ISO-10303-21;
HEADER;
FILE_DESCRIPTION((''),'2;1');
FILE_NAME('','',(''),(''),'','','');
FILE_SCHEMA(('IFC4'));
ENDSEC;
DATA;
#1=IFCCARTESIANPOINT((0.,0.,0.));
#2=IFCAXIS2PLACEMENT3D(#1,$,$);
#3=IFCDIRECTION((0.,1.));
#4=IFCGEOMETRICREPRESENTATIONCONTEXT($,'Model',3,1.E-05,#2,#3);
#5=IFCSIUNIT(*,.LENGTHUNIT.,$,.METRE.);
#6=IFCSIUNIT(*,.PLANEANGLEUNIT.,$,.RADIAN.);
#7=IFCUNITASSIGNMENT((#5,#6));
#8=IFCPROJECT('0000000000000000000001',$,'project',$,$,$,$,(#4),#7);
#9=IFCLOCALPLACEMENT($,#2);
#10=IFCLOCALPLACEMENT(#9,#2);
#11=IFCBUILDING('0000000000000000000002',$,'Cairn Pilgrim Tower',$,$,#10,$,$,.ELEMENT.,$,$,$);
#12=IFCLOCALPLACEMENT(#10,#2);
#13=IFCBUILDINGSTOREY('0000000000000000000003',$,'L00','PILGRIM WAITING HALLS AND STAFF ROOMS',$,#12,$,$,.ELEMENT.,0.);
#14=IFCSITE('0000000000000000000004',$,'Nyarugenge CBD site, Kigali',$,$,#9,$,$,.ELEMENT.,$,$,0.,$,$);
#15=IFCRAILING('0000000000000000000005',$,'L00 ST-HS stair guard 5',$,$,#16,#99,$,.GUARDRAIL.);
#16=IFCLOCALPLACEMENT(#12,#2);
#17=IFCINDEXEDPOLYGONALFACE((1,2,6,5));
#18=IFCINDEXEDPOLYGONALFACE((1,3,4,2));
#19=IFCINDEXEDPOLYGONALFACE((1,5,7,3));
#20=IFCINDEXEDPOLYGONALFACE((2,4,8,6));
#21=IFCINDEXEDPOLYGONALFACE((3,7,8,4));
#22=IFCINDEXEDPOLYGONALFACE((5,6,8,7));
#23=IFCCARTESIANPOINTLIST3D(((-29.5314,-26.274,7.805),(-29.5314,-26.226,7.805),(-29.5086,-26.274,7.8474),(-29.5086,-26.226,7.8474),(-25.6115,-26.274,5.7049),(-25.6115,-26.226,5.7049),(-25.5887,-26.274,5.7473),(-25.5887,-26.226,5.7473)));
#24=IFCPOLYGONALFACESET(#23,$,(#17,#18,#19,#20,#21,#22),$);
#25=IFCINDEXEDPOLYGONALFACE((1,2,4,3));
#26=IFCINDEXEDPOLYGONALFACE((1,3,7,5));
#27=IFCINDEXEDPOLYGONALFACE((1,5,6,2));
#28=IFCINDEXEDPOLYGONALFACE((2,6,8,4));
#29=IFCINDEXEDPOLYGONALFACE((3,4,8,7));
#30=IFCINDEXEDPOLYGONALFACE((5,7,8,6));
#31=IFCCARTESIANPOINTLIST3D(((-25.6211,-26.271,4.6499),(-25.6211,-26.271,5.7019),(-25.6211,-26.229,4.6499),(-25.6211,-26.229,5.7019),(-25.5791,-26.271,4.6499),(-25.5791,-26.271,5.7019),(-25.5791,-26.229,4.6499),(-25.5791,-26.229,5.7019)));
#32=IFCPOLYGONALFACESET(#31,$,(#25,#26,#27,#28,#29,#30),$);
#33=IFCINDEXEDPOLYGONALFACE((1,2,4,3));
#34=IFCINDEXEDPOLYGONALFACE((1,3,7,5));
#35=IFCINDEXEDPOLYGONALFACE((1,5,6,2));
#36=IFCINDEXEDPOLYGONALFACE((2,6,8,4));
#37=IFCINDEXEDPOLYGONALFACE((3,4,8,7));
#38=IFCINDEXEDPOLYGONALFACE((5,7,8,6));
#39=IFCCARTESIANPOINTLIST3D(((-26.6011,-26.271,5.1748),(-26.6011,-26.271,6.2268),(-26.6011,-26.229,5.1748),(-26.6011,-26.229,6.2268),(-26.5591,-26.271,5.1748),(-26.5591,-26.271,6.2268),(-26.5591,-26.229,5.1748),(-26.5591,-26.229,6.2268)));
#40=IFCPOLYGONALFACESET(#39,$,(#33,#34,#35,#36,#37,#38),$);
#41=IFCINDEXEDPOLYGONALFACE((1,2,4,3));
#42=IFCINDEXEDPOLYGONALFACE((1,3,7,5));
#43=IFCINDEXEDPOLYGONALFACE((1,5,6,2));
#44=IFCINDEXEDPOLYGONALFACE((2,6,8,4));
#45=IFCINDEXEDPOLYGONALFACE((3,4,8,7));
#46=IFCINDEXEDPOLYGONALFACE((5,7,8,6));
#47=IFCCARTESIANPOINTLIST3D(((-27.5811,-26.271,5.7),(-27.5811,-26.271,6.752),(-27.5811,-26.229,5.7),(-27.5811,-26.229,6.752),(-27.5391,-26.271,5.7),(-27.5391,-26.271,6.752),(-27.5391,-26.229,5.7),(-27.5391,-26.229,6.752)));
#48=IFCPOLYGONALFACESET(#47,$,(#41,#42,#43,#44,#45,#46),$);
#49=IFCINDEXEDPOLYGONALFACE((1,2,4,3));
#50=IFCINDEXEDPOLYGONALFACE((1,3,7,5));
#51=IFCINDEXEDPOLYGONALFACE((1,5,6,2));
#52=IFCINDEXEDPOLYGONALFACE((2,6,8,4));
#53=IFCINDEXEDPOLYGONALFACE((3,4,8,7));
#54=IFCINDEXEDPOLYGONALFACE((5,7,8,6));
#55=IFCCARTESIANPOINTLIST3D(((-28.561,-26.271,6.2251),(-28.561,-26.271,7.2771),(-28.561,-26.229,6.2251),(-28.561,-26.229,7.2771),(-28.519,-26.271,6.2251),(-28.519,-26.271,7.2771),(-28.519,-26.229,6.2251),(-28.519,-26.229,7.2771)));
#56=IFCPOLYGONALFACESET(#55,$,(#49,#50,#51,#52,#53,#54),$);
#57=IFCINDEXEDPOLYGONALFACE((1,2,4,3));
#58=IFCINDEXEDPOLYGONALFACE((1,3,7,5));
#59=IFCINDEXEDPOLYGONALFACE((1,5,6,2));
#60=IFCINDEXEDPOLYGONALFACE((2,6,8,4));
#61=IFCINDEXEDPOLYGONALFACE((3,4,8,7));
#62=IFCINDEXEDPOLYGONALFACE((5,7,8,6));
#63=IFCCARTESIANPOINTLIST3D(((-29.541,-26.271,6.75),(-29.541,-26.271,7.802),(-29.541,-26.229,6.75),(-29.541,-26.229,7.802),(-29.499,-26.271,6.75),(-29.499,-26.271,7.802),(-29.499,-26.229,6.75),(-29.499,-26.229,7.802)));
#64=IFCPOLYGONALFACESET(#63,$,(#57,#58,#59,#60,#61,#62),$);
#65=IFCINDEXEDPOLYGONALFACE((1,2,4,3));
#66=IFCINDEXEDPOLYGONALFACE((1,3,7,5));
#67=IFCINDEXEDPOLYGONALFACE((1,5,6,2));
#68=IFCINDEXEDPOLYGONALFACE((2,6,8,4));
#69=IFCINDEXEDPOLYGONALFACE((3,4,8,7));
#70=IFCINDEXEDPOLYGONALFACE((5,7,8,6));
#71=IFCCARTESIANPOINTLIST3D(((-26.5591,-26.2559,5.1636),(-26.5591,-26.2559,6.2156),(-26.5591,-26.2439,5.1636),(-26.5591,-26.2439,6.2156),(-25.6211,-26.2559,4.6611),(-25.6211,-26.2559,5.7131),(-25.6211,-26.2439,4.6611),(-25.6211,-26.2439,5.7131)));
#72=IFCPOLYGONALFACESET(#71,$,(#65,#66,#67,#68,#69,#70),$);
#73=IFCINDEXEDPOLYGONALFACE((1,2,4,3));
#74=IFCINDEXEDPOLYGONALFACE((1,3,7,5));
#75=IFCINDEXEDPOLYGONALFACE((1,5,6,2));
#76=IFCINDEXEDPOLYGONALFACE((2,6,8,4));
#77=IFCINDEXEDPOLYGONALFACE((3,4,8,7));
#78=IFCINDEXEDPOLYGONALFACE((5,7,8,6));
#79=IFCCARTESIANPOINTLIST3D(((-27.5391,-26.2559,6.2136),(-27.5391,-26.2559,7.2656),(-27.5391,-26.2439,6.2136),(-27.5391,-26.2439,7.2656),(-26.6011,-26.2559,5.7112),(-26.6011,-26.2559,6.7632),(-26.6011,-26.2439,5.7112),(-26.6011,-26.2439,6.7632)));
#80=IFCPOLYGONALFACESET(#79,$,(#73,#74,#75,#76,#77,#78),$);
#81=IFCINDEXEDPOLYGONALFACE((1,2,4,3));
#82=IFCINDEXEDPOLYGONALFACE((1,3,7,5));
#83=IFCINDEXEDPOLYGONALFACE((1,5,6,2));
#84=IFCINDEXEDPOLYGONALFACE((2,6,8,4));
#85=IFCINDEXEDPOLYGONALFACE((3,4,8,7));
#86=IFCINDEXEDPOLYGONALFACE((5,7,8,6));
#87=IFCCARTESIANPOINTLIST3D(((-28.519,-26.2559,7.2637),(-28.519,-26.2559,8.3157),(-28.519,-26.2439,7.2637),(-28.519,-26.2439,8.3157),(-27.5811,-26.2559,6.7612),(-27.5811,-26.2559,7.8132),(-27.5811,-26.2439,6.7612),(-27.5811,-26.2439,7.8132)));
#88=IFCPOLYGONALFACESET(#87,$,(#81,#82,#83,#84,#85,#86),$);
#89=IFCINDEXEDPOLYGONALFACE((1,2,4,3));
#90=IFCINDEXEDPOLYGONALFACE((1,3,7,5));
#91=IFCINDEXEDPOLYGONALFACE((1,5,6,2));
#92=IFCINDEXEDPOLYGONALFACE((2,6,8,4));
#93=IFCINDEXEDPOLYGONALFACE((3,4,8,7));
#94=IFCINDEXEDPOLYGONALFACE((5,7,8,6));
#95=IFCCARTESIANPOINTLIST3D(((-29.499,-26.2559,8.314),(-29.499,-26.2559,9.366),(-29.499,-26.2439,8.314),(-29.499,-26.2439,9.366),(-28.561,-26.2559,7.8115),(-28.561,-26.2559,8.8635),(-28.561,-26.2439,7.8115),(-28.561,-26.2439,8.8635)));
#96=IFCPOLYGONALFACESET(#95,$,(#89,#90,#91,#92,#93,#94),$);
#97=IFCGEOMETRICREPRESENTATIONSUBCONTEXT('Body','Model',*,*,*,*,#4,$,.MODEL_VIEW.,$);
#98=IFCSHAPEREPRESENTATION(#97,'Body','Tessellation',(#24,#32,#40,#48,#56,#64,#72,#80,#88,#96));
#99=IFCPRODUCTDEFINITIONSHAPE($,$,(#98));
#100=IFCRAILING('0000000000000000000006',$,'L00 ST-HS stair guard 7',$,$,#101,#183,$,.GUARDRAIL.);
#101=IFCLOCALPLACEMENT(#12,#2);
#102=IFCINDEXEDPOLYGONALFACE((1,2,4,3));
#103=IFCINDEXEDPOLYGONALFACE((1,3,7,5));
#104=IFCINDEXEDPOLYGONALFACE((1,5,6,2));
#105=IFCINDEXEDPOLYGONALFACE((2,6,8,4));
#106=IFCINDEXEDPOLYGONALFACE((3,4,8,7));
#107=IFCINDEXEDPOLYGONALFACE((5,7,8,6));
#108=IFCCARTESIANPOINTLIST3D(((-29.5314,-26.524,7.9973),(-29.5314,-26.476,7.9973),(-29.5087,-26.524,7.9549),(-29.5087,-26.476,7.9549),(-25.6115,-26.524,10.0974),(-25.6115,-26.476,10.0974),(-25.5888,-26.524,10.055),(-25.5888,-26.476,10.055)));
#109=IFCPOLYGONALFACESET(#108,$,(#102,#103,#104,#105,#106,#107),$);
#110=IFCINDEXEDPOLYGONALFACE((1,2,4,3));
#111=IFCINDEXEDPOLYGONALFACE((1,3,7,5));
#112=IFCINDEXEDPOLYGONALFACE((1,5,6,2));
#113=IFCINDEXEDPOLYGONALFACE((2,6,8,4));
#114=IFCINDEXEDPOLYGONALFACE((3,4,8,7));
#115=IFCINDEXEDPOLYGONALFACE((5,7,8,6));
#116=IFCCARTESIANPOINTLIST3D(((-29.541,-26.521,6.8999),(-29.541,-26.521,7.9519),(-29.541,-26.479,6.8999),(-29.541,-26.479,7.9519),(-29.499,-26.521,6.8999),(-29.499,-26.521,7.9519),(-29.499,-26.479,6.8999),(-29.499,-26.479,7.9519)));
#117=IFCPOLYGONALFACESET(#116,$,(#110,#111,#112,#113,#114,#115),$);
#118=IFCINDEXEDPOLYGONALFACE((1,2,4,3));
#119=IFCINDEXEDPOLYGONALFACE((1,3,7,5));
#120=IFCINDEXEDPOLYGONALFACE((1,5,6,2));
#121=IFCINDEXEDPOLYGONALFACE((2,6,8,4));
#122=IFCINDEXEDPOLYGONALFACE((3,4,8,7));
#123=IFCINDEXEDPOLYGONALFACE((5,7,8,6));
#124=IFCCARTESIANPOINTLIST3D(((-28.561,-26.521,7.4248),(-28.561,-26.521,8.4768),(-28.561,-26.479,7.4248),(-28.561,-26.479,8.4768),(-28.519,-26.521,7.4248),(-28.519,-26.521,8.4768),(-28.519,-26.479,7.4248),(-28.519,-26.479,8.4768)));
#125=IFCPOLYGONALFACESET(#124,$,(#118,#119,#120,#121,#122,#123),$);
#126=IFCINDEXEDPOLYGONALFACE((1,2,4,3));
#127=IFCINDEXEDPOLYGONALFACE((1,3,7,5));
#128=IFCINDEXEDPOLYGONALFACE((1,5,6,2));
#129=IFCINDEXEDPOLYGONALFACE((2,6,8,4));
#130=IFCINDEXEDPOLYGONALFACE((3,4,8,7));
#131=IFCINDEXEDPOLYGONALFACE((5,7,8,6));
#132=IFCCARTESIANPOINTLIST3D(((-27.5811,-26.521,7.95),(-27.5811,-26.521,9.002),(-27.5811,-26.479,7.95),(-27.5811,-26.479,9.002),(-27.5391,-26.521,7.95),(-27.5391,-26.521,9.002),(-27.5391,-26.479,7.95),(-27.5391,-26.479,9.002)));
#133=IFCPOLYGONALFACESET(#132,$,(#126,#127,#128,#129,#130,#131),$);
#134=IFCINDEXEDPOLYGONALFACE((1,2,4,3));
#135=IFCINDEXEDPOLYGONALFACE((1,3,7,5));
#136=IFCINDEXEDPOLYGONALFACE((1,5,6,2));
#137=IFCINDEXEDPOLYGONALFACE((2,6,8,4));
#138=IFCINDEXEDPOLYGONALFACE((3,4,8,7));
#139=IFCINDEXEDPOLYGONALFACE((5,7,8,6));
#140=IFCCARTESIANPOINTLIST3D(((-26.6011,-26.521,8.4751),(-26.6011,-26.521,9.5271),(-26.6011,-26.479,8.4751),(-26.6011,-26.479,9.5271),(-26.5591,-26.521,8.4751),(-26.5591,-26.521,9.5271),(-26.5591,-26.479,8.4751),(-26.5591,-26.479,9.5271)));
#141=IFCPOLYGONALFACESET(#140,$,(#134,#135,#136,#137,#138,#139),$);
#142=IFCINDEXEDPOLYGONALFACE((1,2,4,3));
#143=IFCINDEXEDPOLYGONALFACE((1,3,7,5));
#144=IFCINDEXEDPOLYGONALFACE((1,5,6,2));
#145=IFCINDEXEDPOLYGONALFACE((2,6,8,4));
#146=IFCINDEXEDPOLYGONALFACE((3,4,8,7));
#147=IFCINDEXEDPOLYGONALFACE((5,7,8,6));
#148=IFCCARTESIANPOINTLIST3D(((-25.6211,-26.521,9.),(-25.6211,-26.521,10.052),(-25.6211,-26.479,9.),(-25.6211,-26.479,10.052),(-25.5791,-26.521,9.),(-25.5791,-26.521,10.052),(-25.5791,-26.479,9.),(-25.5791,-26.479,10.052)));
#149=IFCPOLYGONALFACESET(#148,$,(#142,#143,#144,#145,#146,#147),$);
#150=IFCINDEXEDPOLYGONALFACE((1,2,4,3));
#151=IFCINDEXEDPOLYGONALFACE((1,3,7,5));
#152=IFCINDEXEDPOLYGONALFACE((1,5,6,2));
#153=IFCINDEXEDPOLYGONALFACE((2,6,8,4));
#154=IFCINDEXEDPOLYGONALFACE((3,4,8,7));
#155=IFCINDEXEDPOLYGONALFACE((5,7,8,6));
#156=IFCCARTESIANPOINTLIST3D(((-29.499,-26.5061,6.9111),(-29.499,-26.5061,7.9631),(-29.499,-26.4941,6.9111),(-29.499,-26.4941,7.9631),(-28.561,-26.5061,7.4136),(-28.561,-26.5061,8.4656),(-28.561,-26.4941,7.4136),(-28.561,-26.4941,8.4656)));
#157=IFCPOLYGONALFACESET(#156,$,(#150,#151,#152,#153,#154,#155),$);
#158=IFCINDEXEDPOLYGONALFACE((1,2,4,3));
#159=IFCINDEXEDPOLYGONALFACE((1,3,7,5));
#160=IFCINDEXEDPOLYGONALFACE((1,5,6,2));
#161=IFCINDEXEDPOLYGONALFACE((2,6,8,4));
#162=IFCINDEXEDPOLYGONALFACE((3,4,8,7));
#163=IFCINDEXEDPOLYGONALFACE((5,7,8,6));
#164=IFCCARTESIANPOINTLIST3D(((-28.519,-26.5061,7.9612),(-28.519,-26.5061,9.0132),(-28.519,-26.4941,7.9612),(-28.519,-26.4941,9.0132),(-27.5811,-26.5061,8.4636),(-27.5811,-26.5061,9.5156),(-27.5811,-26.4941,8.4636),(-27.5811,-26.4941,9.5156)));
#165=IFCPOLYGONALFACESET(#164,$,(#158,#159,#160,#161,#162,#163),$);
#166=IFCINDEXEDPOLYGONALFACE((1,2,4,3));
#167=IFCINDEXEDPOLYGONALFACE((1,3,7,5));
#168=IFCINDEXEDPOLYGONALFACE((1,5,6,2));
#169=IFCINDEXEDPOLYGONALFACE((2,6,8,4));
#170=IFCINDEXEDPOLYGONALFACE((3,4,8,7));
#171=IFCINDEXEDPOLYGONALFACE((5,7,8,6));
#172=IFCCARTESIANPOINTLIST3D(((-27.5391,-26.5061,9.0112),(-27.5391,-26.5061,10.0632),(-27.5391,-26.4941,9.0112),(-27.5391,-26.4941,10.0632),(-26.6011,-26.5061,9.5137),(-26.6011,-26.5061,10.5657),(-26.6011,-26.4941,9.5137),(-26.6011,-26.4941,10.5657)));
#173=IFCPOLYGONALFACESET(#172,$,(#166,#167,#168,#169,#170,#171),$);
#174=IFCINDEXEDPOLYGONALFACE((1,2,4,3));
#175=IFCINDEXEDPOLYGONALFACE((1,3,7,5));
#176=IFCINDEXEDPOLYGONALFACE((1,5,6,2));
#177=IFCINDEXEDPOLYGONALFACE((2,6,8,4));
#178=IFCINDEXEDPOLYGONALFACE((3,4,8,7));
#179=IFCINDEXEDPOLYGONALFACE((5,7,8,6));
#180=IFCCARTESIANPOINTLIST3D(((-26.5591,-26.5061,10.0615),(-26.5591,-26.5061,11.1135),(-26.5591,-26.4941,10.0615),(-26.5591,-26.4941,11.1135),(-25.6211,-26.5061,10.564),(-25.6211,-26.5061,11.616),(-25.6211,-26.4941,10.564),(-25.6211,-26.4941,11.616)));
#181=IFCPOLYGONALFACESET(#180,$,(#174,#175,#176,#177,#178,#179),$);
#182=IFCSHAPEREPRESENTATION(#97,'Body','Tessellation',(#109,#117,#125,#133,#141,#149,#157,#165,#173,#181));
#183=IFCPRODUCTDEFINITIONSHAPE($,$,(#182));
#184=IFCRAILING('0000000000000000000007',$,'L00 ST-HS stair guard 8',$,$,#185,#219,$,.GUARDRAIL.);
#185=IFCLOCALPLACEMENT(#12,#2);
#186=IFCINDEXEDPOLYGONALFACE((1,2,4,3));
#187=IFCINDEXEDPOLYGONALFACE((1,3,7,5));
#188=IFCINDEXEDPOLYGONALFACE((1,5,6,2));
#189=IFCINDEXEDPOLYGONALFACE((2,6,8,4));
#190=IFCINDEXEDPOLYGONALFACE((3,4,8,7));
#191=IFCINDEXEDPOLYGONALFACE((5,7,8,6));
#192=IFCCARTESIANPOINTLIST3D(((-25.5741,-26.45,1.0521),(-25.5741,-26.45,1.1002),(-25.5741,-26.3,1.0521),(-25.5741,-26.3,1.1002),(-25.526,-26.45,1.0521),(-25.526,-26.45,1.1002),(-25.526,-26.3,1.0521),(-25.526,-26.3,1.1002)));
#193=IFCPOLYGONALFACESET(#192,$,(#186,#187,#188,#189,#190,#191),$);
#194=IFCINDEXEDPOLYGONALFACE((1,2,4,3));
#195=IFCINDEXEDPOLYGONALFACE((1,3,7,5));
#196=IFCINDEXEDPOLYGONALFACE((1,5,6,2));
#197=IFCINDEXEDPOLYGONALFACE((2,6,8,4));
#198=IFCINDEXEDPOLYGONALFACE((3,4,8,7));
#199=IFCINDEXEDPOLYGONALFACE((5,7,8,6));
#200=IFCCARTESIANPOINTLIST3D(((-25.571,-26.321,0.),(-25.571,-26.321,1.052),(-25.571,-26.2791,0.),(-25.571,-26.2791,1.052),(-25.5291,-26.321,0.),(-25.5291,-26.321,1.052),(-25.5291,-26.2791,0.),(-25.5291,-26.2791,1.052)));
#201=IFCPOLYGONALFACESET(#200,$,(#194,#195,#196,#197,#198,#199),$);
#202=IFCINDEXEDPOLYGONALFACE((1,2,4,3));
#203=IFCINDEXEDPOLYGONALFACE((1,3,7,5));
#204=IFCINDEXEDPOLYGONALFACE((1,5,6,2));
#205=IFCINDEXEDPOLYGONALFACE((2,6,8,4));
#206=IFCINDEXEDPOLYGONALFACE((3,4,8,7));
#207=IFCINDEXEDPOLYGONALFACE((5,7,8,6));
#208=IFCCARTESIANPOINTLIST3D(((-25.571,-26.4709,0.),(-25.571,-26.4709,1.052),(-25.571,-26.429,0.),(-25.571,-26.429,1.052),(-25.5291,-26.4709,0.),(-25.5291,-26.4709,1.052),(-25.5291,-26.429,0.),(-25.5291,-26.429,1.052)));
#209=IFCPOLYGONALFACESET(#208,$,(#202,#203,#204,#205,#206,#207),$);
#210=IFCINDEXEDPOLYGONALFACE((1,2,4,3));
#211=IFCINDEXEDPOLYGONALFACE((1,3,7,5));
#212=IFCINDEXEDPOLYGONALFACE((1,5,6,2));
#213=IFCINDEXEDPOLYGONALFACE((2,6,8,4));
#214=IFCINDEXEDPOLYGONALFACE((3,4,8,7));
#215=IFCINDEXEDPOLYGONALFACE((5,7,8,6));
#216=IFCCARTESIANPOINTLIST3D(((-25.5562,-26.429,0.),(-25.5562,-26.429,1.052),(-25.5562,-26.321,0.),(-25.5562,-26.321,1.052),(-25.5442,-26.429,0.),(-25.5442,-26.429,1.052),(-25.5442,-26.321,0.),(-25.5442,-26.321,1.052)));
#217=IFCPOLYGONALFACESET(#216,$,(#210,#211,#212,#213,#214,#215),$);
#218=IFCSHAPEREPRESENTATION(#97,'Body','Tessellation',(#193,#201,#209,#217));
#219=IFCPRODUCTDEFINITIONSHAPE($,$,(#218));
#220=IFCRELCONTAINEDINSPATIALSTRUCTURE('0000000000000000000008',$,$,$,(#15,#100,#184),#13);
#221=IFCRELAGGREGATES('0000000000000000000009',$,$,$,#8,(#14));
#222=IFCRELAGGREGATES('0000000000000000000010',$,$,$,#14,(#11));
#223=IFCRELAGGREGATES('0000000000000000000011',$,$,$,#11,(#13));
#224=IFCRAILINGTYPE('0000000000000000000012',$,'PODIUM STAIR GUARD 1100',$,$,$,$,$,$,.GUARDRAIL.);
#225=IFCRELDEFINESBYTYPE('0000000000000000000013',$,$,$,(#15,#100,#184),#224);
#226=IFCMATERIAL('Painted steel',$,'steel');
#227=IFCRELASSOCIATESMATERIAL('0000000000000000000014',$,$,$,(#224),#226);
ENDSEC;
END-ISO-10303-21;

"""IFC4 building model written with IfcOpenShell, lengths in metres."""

from ifc_helpers import new_model, si_unit, direction, frame, origin, origin_2d, place, context, subcontext, project, spatial, polyline, rectangle, outline, extrude, material, type_object, element, save


model = new_model("IFC4")

# Units and contexts
model_context = context("Model", 3, precision=1e-05, world=origin(), true_north=direction((0.0, 1.0)))
body_context = subcontext(model_context, "Body", "Model", "MODEL_VIEW")
ifc_project = project(units=[si_unit("LENGTHUNIT", "METRE"), si_unit("PLANEANGLEUNIT", "RADIAN")], contexts=[model_context])

# Site, building, storey
site_placement = place(None, origin())
site = spatial("IfcSite", under=ifc_project, at=site_placement, Name="Nyarugenge CBD site, Kigali", CompositionType="ELEMENT", RefElevation=0.0)
building_placement = place(site_placement, origin())
building = spatial("IfcBuilding", under=site, at=building_placement, Name="Cairn Pilgrim Tower", CompositionType="ELEMENT")
storey_placement = place(building_placement, origin())
storey = spatial("IfcBuildingStorey", under=building, at=storey_placement, Name="L00", Description="PILGRIM WAITING HALLS AND STAFF ROOMS", CompositionType="ELEMENT", Elevation=0.0)

# Shared definitions
ifc_material_1 = material(Name="Painted steel", Category="steel")

# Railings
railing_type_1 = type_object("IfcRailingType", Name="PODIUM STAIR GUARD 1100", PredefinedType="GUARDRAIL", material=ifc_material_1)
railing_1_placement = place(storey_placement, frame((-25.6001, -26.25, 4.6499)))
element("IfcRailing", 1, at=railing_1_placement, inside=storey, type_object=railing_type_1, Name="L00 ST-HS stair guard 5", PredefinedType="GUARDRAIL", context=body_context, shape_type="SweptSolid", body=[
    extrude(rectangle(XDim=0.0481, YDim=0.0481, at=origin_2d()), frame((0.0, 0.0, 1.0762), z_axis=(-0.881467, 0.0, 0.472246), x_axis=(0.0, -1.0, 0.0)), (0.0, 0.0, 1.0), 4.447),
    extrude(rectangle(XDim=0.042, YDim=0.042, at=origin_2d()), origin(), (0.0, 0.0, 1.0), 1.052),
    extrude(rectangle(XDim=0.042, YDim=0.042, at=origin_2d()), frame((-0.98, 0.0, 0.5249)), (0.0, 0.0, 1.0), 1.052),
    extrude(rectangle(XDim=0.042, YDim=0.042, at=origin_2d()), frame((-1.96, 0.0, 1.05)), (0.0, 0.0, 1.0), 1.052),
    extrude(rectangle(XDim=0.042, YDim=0.042, at=origin_2d()), frame((-2.9399, 0.0, 1.5752)), (0.0, 0.0, 1.0), 1.052),
    extrude(rectangle(XDim=0.042, YDim=0.042, at=origin_2d()), frame((-3.9199, 0.0, 2.1001)), (0.0, 0.0, 1.0), 1.052),
    extrude(outline(polyline([(0.021, 0.0112), (0.959, 0.5137), (0.959, 1.5657), (0.021, 1.0632), (0.021, 0.0112)])), frame((0.0, -0.0059, 0.0), z_axis=(0.0, 1.0, 0.0), x_axis=(-1.0, 0.0, 0.0)), (0.0, 0.0, 1.0), 0.012),
    extrude(outline(polyline([(0.021, 0.5364), (0.959, 1.0388), (0.959, 2.0908), (0.021, 1.5884), (0.021, 0.5364)])), frame((-0.98, -0.0059, 0.5249), z_axis=(0.0, 1.0, 0.0), x_axis=(-1.0, 0.0, 0.0)), (0.0, 0.0, 1.0), 0.012),
    extrude(outline(polyline([(0.021, 1.0613), (0.959, 1.5637), (0.959, 2.6157), (0.021, 2.1133), (0.021, 1.0613)])), frame((-1.96, -0.0059, 1.05), z_axis=(0.0, 1.0, 0.0), x_axis=(-1.0, 0.0, 0.0)), (0.0, 0.0, 1.0), 0.012),
    extrude(outline(polyline([(0.021, 1.5864), (0.959, 2.0889), (0.959, 3.1409), (0.021, 2.6384), (0.021, 1.5864)])), frame((-2.9399, -0.0059, 1.5752), z_axis=(0.0, 1.0, 0.0), x_axis=(-1.0, 0.0, 0.0)), (0.0, 0.0, 1.0), 0.012),
])
railing_2_placement = place(storey_placement, frame((-29.52, -26.5, 6.8999)))
element("IfcRailing", 2, at=railing_2_placement, inside=storey, type_object=railing_type_1, Name="L00 ST-HS stair guard 7", PredefinedType="GUARDRAIL", context=body_context, shape_type="SweptSolid", body=[
    extrude(rectangle(XDim=0.0481, YDim=0.0481, at=origin_2d()), frame((0.0, 0.0, 1.0762), z_axis=(0.881467, 0.0, 0.472246), x_axis=(0.0, 1.0, 0.0)), (0.0, 0.0, 1.0), 4.447),
    extrude(rectangle(XDim=0.042, YDim=0.042, at=origin_2d()), origin(), (0.0, 0.0, 1.0), 1.052),
    extrude(rectangle(XDim=0.042, YDim=0.042, at=origin_2d()), frame((0.98, 0.0, 0.5249)), (0.0, 0.0, 1.0), 1.052),
    extrude(rectangle(XDim=0.042, YDim=0.042, at=origin_2d()), frame((1.96, 0.0, 1.05)), (0.0, 0.0, 1.0), 1.052),
    extrude(rectangle(XDim=0.042, YDim=0.042, at=origin_2d()), frame((2.9399, 0.0, 1.5752)), (0.0, 0.0, 1.0), 1.052),
    extrude(rectangle(XDim=0.042, YDim=0.042, at=origin_2d()), frame((3.9199, 0.0, 2.1001)), (0.0, 0.0, 1.0), 1.052),
    extrude(outline(polyline([(0.021, 0.0112), (0.959, 0.5137), (0.959, 1.5657), (0.021, 1.0632), (0.021, 0.0112)])), frame((0.0, 0.0059, 0.0), z_axis=(0.0, -1.0, 0.0), x_axis=(1.0, 0.0, 0.0)), (0.0, 0.0, 1.0), 0.012),
    extrude(outline(polyline([(0.021, 0.5364), (0.959, 1.0388), (0.959, 2.0908), (0.021, 1.5884), (0.021, 0.5364)])), frame((0.98, 0.0059, 0.5249), z_axis=(0.0, -1.0, 0.0), x_axis=(1.0, 0.0, 0.0)), (0.0, 0.0, 1.0), 0.012),
    extrude(outline(polyline([(0.021, 1.0613), (0.959, 1.5637), (0.959, 2.6157), (0.021, 2.1133), (0.021, 1.0613)])), frame((1.96, 0.0059, 1.05), z_axis=(0.0, -1.0, 0.0), x_axis=(1.0, 0.0, 0.0)), (0.0, 0.0, 1.0), 0.012),
    extrude(outline(polyline([(0.021, 1.5864), (0.959, 2.0889), (0.959, 3.1409), (0.021, 2.6384), (0.021, 1.5864)])), frame((2.9399, 0.0059, 1.5752), z_axis=(0.0, -1.0, 0.0), x_axis=(1.0, 0.0, 0.0)), (0.0, 0.0, 1.0), 0.012),
])
railing_3_placement = place(storey_placement, frame((-25.55, -26.3, 0.0)))
element("IfcRailing", 3, at=railing_3_placement, inside=storey, type_object=railing_type_1, Name="L00 ST-HS stair guard 8", PredefinedType="GUARDRAIL", context=body_context, shape_type="SweptSolid", body=[
    extrude(rectangle(XDim=0.0481, YDim=0.0481, at=origin_2d()), frame((0.0, 0.0, 1.0762), z_axis=(0.0, -1.0, 0.0), x_axis=(1.0, 0.0, 0.0)), (0.0, 0.0, 1.0), 0.1499),
    extrude(rectangle(XDim=0.042, YDim=0.042, at=origin_2d()), origin(), (0.0, 0.0, 1.0), 1.052),
    extrude(rectangle(XDim=0.042, YDim=0.042, at=origin_2d()), frame((0.0, -0.1499, 0.0)), (0.0, 0.0, 1.0), 1.052),
    extrude(outline(polyline([(0.021, 0.0), (0.1289, 0.0), (0.1289, 1.052), (0.021, 1.052), (0.021, 0.0)])), frame((0.0059, 0.0, 0.0), z_axis=(-1.0, 0.0, 0.0), x_axis=(0.0, -1.0, 0.0)), (0.0, 0.0, 1.0), 0.012),
])

save(model, "model.ifc")
